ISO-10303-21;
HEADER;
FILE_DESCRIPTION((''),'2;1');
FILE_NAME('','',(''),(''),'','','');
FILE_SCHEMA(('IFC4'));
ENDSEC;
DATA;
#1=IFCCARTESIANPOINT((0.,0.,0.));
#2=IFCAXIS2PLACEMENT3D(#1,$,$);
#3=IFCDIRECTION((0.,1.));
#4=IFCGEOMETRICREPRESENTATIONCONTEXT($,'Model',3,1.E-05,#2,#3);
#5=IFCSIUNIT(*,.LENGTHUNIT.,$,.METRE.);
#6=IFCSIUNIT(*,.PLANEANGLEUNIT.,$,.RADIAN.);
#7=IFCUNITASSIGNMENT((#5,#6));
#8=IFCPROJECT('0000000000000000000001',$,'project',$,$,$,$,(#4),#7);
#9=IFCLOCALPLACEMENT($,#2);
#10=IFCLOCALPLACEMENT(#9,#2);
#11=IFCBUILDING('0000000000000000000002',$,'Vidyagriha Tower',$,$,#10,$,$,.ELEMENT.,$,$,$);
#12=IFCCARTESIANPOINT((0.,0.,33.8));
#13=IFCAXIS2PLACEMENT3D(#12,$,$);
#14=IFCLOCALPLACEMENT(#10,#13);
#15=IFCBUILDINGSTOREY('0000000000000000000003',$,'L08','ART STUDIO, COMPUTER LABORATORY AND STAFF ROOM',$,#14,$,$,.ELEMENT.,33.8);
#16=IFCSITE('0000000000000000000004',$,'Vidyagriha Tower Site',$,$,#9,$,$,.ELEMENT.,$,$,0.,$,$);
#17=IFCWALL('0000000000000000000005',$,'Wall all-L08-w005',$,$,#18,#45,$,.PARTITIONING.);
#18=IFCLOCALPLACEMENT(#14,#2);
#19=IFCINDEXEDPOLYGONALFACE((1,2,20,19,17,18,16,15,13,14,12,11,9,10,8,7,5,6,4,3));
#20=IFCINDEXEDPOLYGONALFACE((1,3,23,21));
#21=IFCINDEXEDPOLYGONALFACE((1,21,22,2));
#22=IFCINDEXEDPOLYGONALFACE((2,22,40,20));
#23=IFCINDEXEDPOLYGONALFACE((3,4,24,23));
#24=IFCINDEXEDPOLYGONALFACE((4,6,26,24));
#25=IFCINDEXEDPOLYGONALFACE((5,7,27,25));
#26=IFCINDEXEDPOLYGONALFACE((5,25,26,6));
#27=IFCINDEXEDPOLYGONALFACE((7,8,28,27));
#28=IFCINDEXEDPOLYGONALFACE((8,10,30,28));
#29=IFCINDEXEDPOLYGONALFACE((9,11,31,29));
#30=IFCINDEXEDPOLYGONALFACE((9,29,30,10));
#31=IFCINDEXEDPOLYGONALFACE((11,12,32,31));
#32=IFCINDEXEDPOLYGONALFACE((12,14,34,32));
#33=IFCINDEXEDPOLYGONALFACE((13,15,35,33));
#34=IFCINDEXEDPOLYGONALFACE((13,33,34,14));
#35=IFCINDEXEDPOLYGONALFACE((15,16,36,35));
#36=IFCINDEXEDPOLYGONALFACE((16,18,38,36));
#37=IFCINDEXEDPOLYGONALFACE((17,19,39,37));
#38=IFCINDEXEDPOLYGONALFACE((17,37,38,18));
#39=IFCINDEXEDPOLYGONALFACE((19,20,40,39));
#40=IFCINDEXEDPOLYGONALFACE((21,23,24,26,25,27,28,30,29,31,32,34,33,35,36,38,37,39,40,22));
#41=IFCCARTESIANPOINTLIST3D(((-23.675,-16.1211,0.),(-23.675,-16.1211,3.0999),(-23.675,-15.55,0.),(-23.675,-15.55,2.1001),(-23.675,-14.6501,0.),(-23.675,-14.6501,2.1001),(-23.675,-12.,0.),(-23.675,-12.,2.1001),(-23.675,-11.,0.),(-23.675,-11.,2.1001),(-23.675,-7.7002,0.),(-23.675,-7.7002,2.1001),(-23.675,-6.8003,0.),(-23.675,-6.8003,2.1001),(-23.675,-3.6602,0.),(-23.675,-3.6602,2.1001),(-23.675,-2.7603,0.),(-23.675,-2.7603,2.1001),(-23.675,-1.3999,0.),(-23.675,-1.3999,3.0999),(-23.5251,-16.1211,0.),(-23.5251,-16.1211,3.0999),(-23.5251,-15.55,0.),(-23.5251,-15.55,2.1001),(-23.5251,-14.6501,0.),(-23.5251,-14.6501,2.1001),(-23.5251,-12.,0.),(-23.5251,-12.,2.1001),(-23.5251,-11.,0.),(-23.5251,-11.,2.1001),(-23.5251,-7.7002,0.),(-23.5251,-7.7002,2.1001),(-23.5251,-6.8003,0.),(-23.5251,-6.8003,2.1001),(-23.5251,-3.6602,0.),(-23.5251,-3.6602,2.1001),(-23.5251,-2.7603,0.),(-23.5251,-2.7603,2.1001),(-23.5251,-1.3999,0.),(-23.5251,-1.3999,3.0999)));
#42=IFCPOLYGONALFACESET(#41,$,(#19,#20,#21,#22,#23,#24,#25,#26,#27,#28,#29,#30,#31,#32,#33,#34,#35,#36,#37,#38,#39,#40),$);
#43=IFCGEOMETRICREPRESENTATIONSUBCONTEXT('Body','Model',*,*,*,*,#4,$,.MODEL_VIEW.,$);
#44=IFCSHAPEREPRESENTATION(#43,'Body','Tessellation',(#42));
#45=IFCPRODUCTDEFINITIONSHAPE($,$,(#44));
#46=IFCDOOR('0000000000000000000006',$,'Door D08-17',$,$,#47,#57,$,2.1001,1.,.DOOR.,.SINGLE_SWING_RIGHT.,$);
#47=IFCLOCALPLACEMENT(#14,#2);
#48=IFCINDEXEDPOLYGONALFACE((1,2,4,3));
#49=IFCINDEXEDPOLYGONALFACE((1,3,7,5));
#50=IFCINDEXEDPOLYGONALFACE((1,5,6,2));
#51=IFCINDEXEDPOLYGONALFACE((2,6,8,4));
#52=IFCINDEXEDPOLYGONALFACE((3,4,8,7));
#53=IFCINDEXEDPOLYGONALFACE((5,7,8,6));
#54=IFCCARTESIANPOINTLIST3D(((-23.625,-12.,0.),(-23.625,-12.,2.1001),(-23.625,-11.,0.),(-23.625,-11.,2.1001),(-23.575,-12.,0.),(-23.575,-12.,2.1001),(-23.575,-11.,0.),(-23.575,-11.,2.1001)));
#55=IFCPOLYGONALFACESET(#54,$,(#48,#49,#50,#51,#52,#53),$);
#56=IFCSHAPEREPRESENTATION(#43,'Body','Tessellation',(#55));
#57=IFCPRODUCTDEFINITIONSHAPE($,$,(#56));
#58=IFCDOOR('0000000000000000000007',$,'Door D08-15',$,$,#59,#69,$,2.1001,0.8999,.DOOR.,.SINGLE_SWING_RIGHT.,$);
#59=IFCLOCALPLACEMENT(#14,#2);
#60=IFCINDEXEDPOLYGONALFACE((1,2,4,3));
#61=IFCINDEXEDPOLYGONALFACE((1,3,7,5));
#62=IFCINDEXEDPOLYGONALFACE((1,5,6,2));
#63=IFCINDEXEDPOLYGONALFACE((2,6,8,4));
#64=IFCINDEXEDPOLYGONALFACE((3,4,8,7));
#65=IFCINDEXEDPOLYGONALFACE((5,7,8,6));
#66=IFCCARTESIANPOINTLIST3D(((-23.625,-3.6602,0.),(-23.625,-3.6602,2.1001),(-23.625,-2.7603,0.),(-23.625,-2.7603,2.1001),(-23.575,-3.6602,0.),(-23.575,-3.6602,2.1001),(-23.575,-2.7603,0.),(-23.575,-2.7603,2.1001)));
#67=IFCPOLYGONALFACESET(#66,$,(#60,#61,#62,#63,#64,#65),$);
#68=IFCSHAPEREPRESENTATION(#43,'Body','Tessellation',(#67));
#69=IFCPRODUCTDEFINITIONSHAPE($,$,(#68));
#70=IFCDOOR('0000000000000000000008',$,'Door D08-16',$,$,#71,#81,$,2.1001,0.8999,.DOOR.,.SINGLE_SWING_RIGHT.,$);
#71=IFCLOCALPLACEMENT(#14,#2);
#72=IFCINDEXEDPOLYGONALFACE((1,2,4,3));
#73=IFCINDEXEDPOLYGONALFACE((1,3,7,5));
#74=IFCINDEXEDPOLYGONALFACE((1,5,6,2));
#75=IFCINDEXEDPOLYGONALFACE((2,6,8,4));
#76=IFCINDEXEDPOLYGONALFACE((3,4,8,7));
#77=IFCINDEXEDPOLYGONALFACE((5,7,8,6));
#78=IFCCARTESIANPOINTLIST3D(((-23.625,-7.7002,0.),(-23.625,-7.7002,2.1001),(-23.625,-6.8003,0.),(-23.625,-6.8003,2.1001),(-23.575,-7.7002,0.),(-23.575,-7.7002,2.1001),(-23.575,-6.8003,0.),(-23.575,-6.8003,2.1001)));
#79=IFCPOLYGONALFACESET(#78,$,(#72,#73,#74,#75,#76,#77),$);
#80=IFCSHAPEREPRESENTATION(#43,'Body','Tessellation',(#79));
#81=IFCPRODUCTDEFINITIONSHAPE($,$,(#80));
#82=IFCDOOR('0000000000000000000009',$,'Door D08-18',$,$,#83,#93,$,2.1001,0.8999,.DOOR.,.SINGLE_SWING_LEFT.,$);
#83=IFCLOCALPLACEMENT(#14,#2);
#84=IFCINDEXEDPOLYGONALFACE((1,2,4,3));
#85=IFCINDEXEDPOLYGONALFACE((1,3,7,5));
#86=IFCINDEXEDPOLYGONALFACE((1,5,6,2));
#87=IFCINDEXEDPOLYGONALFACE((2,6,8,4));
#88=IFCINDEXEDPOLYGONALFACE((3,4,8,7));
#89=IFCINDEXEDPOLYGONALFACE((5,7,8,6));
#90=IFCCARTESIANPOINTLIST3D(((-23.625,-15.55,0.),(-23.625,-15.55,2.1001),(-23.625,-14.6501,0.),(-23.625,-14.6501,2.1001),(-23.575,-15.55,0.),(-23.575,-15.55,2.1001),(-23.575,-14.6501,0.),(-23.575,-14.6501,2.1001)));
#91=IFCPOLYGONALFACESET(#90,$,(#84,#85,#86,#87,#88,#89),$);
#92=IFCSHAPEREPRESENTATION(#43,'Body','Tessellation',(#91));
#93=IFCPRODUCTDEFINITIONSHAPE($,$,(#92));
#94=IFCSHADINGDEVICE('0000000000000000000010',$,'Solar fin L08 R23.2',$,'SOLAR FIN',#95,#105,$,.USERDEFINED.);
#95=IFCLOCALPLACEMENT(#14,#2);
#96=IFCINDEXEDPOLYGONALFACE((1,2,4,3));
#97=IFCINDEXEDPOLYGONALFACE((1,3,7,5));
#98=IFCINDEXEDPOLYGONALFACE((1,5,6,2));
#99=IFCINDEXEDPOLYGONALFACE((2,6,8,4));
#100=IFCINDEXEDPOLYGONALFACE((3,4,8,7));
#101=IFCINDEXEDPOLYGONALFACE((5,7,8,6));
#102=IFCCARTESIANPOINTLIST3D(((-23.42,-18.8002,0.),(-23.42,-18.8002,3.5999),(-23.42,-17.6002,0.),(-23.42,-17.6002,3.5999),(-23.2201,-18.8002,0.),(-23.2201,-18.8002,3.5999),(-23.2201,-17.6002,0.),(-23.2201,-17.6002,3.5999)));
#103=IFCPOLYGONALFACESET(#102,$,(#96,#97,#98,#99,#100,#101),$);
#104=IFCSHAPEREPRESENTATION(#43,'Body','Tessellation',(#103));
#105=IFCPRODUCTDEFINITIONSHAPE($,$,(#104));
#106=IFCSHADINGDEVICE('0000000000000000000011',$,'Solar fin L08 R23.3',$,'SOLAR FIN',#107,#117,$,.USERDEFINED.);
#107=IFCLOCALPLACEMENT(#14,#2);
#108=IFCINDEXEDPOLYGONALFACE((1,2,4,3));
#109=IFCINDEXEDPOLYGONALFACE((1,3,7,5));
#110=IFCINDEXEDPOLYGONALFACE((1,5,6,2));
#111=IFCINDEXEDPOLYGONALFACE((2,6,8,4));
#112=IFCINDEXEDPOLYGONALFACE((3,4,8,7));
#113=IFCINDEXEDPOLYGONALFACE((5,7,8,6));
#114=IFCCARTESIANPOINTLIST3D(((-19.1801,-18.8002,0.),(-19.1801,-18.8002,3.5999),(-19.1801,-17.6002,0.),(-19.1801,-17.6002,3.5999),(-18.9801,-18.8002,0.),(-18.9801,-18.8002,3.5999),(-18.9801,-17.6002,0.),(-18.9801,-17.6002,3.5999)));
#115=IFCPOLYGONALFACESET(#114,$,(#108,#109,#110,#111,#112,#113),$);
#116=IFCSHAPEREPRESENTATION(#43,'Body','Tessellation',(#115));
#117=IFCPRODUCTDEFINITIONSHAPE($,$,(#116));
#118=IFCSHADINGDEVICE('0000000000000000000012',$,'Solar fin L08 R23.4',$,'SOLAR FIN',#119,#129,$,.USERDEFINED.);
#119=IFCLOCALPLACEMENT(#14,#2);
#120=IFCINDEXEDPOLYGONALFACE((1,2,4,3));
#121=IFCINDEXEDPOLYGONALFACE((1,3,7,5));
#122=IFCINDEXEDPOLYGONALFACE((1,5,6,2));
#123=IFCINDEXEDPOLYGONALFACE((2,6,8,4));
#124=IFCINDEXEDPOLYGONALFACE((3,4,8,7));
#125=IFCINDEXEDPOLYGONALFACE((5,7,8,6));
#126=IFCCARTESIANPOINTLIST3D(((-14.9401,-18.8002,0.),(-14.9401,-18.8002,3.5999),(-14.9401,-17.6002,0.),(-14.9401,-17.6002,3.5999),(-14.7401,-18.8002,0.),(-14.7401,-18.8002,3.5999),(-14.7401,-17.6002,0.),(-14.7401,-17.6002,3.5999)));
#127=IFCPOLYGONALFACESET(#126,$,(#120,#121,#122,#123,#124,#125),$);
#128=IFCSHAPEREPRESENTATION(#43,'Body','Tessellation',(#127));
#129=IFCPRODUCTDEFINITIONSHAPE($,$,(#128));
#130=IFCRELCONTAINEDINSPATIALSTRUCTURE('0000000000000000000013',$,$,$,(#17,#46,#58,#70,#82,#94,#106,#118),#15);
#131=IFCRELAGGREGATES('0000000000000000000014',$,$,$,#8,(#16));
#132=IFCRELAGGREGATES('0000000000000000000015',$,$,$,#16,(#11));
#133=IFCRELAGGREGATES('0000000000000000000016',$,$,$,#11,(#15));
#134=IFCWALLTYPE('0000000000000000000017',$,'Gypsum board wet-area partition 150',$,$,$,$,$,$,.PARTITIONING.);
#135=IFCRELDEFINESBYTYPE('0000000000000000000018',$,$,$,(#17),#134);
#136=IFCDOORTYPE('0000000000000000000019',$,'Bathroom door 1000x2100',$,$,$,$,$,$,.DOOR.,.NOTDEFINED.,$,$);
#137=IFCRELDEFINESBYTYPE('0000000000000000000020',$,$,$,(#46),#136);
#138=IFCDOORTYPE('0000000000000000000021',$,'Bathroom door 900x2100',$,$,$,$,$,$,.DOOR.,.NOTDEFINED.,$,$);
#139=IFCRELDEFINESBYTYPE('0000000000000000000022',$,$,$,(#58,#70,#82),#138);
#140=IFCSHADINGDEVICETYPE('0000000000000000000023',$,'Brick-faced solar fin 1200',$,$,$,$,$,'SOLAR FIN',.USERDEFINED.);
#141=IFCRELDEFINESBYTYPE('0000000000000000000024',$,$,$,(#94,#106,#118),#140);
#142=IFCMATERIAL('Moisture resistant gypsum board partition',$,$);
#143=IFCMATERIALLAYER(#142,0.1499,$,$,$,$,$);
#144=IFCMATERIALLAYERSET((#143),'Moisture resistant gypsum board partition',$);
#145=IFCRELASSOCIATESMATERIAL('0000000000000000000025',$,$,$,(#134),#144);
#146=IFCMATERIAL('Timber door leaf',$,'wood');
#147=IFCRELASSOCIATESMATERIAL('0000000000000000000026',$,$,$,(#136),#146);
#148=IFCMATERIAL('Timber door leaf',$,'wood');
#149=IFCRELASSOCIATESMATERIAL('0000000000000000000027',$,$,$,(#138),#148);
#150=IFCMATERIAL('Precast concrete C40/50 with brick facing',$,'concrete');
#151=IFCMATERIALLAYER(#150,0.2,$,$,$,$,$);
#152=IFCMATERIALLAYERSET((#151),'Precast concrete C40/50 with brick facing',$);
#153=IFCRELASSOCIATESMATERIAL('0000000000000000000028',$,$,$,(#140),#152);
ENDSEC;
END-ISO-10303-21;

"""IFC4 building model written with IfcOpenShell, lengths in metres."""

from ifc_helpers import new_model, si_unit, direction, frame, frame_2d, origin, place, context, subcontext, project, spatial, rectangle, extrude, material, layer, layer_set, type_object, element, fill, save


model = new_model("IFC4")

# Units and contexts
model_context = context("Model", 3, precision=1e-05, world=origin(), true_north=direction((0.0, 1.0)))
body_context = subcontext(model_context, "Body", "Model", "MODEL_VIEW")
ifc_project = project(units=[si_unit("LENGTHUNIT", "METRE"), si_unit("PLANEANGLEUNIT", "RADIAN")], contexts=[model_context])

# Site, building, storey
site_placement = place(None, origin())
site = spatial("IfcSite", under=ifc_project, at=site_placement, Name="Vidyagriha Tower Site", CompositionType="ELEMENT", RefElevation=0.0)
building_placement = place(site_placement, origin())
building = spatial("IfcBuilding", under=site, at=building_placement, Name="Vidyagriha Tower", CompositionType="ELEMENT")
storey_placement = place(building_placement, frame((0.0, 0.0, 33.8)))
storey = spatial("IfcBuildingStorey", under=building, at=storey_placement, Name="L08", Description="ART STUDIO, COMPUTER LABORATORY AND STAFF ROOM", CompositionType="ELEMENT", Elevation=33.8)

# Wall, openings, doors
ifc_material_1 = material(Name="Moisture resistant gypsum board partition")
ifc_layer_1 = layer(ifc_material_1, 0.1499)
ifc_layer_set_1 = layer_set([ifc_layer_1], Name="Moisture resistant gypsum board partition")
wall_type_1 = type_object("IfcWallType", Name="Gypsum board wet-area partition 150", PredefinedType="PARTITIONING", material=ifc_layer_set_1)
wall_1_placement = place(storey_placement, frame((-23.6001, -16.1211, 0.0), z_axis=(0.0, 0.0, 1.0), x_axis=(0.0, 1.0, 0.0)))
wall_1 = element("IfcWall", 1, at=wall_1_placement, inside=storey, type_object=wall_type_1, Name="Wall all-L08-w005", PredefinedType="PARTITIONING", context=body_context, shape_type="SweptSolid", body=[
    extrude(rectangle(XDim=14.7212, YDim=0.1499, at=frame_2d((7.3606, 0.0))), origin(), (0.0, 0.0, 1.0), 3.0999),
])
opening_1_placement = place(wall_1_placement, frame((12.4609, 0.0, 0.0)))
opening_1 = element("IfcOpeningElement", 2, at=opening_1_placement, cuts=wall_1, PredefinedType="OPENING", context=body_context, shape_type="SweptSolid", body=[
    extrude(rectangle(XDim=0.8999, YDim=2.1001, at=frame_2d((0.45, 1.05))), frame((0.0, 0.085, 0.0), z_axis=(0.0, -1.0, 0.0), x_axis=(1.0, 0.0, 0.0)), (0.0, 0.0, 1.0), 0.1699),
])
opening_2_placement = place(wall_1_placement, frame((8.4209, 0.0, 0.0)))
opening_2 = element("IfcOpeningElement", 3, at=opening_2_placement, cuts=wall_1, PredefinedType="OPENING", context=body_context, shape_type="SweptSolid", body=[
    extrude(rectangle(XDim=0.8999, YDim=2.1001, at=frame_2d((0.45, 1.05))), frame((0.0, 0.085, 0.0), z_axis=(0.0, -1.0, 0.0), x_axis=(1.0, 0.0, 0.0)), (0.0, 0.0, 1.0), 0.1699),
])
opening_3_placement = place(wall_1_placement, frame((4.1211, 0.0, 0.0)))
opening_3 = element("IfcOpeningElement", 4, at=opening_3_placement, cuts=wall_1, PredefinedType="OPENING", context=body_context, shape_type="SweptSolid", body=[
    extrude(rectangle(XDim=1.0, YDim=2.1001, at=frame_2d((0.5, 1.05))), frame((0.0, 0.085, 0.0), z_axis=(0.0, -1.0, 0.0), x_axis=(1.0, 0.0, 0.0)), (0.0, 0.0, 1.0), 0.1699),
])
opening_4_placement = place(wall_1_placement, frame((0.571, 0.0, 0.0)))
opening_4 = element("IfcOpeningElement", 5, at=opening_4_placement, cuts=wall_1, PredefinedType="OPENING", context=body_context, shape_type="SweptSolid", body=[
    extrude(rectangle(XDim=0.8999, YDim=2.1001, at=frame_2d((0.45, 1.05))), frame((0.0, 0.085, 0.0), z_axis=(0.0, -1.0, 0.0), x_axis=(1.0, 0.0, 0.0)), (0.0, 0.0, 1.0), 0.1699),
])
ifc_material_2 = material(Name="Timber door leaf", Category="wood")
door_type_1 = type_object("IfcDoorType", Name="Bathroom door 1000x2100", OperationType="NOTDEFINED", PredefinedType="DOOR", material=ifc_material_2)
door_1_placement = place(opening_3_placement, origin())
door_1 = element("IfcDoor", 6, at=door_1_placement, inside=storey, type_object=door_type_1, Name="Door D08-17", OperationType="SINGLE_SWING_RIGHT", OverallHeight=2.1001, OverallWidth=1.0, PredefinedType="DOOR", context=body_context, shape_type="SweptSolid", body=[
    extrude(rectangle(XDim=1.0, YDim=2.1001, at=frame_2d((0.5, 1.05))), frame((0.0, 0.0249, 0.0), z_axis=(0.0, -1.0, 0.0), x_axis=(1.0, 0.0, 0.0)), (0.0, 0.0, 1.0), 0.05),
])
fill(opening_3, door_1)
ifc_material_3 = material(Name="Timber door leaf", Category="wood")
door_type_2 = type_object("IfcDoorType", Name="Bathroom door 900x2100", OperationType="NOTDEFINED", PredefinedType="DOOR", material=ifc_material_3)
door_2_placement = place(opening_1_placement, origin())
door_2 = element("IfcDoor", 7, at=door_2_placement, inside=storey, type_object=door_type_2, Name="Door D08-15", OperationType="SINGLE_SWING_RIGHT", OverallHeight=2.1001, OverallWidth=0.8999, PredefinedType="DOOR", context=body_context, shape_type="SweptSolid", body=[
    extrude(rectangle(XDim=0.8999, YDim=2.1001, at=frame_2d((0.45, 1.05))), frame((0.0, 0.0249, 0.0), z_axis=(0.0, -1.0, 0.0), x_axis=(1.0, 0.0, 0.0)), (0.0, 0.0, 1.0), 0.05),
])
fill(opening_1, door_2)
door_3_placement = place(opening_2_placement, origin())
door_3 = element("IfcDoor", 8, at=door_3_placement, inside=storey, type_object=door_type_2, Name="Door D08-16", OperationType="SINGLE_SWING_RIGHT", OverallHeight=2.1001, OverallWidth=0.8999, PredefinedType="DOOR", context=body_context, shape_type="SweptSolid", body=[
    extrude(rectangle(XDim=0.8999, YDim=2.1001, at=frame_2d((0.45, 1.05))), frame((0.0, 0.0249, 0.0), z_axis=(0.0, -1.0, 0.0), x_axis=(1.0, 0.0, 0.0)), (0.0, 0.0, 1.0), 0.05),
])
fill(opening_2, door_3)
door_4_placement = place(opening_4_placement, origin())
door_4 = element("IfcDoor", 9, at=door_4_placement, inside=storey, type_object=door_type_2, Name="Door D08-18", OperationType="SINGLE_SWING_LEFT", OverallHeight=2.1001, OverallWidth=0.8999, PredefinedType="DOOR", context=body_context, shape_type="SweptSolid", body=[
    extrude(rectangle(XDim=0.8999, YDim=2.1001, at=frame_2d((0.45, 1.05))), frame((0.0, 0.0249, 0.0), z_axis=(0.0, -1.0, 0.0), x_axis=(1.0, 0.0, 0.0)), (0.0, 0.0, 1.0), 0.05),
])
fill(opening_4, door_4)

# Shading devices
ifc_material_4 = material(Name="Precast concrete C40/50 with brick facing", Category="concrete")
ifc_layer_2 = layer(ifc_material_4, 0.2)
ifc_layer_set_2 = layer_set([ifc_layer_2], Name="Precast concrete C40/50 with brick facing")
shading_device_type = type_object("IfcShadingDeviceType", Name="Brick-faced solar fin 1200", ElementType="SOLAR FIN", PredefinedType="USERDEFINED", material=ifc_layer_set_2)
for number, where, z_axis, x_axis, name in (
    (10, (-23.3201, -17.6001, 0.0), (0.0, 0.0, 1.0), (0.0, -1.0, 0.0), "Solar fin L08 R23.2"),
    (11, (-19.0801, -17.6001, 0.0), (0.0, 0.0, 1.0), (0.0, -1.0, 0.0), "Solar fin L08 R23.3"),
    (12, (-14.8401, -17.6001, 0.0), (0.0, 0.0, 1.0), (0.0, -1.0, 0.0), "Solar fin L08 R23.4"),
):
    element("IfcShadingDevice", number, at=place(storey_placement, frame(where, z_axis=z_axis, x_axis=x_axis)), inside=storey, type_object=shading_device_type, Name=name, ObjectType="SOLAR FIN", PredefinedType="USERDEFINED", context=body_context, shape_type="SweptSolid", body=[
        extrude(rectangle(XDim=1.2, YDim=0.2, at=frame_2d((0.6001, 0.0))), origin(), (0.0, 0.0, 1.0), 3.5999),
    ])

save(model, "model.ifc")
